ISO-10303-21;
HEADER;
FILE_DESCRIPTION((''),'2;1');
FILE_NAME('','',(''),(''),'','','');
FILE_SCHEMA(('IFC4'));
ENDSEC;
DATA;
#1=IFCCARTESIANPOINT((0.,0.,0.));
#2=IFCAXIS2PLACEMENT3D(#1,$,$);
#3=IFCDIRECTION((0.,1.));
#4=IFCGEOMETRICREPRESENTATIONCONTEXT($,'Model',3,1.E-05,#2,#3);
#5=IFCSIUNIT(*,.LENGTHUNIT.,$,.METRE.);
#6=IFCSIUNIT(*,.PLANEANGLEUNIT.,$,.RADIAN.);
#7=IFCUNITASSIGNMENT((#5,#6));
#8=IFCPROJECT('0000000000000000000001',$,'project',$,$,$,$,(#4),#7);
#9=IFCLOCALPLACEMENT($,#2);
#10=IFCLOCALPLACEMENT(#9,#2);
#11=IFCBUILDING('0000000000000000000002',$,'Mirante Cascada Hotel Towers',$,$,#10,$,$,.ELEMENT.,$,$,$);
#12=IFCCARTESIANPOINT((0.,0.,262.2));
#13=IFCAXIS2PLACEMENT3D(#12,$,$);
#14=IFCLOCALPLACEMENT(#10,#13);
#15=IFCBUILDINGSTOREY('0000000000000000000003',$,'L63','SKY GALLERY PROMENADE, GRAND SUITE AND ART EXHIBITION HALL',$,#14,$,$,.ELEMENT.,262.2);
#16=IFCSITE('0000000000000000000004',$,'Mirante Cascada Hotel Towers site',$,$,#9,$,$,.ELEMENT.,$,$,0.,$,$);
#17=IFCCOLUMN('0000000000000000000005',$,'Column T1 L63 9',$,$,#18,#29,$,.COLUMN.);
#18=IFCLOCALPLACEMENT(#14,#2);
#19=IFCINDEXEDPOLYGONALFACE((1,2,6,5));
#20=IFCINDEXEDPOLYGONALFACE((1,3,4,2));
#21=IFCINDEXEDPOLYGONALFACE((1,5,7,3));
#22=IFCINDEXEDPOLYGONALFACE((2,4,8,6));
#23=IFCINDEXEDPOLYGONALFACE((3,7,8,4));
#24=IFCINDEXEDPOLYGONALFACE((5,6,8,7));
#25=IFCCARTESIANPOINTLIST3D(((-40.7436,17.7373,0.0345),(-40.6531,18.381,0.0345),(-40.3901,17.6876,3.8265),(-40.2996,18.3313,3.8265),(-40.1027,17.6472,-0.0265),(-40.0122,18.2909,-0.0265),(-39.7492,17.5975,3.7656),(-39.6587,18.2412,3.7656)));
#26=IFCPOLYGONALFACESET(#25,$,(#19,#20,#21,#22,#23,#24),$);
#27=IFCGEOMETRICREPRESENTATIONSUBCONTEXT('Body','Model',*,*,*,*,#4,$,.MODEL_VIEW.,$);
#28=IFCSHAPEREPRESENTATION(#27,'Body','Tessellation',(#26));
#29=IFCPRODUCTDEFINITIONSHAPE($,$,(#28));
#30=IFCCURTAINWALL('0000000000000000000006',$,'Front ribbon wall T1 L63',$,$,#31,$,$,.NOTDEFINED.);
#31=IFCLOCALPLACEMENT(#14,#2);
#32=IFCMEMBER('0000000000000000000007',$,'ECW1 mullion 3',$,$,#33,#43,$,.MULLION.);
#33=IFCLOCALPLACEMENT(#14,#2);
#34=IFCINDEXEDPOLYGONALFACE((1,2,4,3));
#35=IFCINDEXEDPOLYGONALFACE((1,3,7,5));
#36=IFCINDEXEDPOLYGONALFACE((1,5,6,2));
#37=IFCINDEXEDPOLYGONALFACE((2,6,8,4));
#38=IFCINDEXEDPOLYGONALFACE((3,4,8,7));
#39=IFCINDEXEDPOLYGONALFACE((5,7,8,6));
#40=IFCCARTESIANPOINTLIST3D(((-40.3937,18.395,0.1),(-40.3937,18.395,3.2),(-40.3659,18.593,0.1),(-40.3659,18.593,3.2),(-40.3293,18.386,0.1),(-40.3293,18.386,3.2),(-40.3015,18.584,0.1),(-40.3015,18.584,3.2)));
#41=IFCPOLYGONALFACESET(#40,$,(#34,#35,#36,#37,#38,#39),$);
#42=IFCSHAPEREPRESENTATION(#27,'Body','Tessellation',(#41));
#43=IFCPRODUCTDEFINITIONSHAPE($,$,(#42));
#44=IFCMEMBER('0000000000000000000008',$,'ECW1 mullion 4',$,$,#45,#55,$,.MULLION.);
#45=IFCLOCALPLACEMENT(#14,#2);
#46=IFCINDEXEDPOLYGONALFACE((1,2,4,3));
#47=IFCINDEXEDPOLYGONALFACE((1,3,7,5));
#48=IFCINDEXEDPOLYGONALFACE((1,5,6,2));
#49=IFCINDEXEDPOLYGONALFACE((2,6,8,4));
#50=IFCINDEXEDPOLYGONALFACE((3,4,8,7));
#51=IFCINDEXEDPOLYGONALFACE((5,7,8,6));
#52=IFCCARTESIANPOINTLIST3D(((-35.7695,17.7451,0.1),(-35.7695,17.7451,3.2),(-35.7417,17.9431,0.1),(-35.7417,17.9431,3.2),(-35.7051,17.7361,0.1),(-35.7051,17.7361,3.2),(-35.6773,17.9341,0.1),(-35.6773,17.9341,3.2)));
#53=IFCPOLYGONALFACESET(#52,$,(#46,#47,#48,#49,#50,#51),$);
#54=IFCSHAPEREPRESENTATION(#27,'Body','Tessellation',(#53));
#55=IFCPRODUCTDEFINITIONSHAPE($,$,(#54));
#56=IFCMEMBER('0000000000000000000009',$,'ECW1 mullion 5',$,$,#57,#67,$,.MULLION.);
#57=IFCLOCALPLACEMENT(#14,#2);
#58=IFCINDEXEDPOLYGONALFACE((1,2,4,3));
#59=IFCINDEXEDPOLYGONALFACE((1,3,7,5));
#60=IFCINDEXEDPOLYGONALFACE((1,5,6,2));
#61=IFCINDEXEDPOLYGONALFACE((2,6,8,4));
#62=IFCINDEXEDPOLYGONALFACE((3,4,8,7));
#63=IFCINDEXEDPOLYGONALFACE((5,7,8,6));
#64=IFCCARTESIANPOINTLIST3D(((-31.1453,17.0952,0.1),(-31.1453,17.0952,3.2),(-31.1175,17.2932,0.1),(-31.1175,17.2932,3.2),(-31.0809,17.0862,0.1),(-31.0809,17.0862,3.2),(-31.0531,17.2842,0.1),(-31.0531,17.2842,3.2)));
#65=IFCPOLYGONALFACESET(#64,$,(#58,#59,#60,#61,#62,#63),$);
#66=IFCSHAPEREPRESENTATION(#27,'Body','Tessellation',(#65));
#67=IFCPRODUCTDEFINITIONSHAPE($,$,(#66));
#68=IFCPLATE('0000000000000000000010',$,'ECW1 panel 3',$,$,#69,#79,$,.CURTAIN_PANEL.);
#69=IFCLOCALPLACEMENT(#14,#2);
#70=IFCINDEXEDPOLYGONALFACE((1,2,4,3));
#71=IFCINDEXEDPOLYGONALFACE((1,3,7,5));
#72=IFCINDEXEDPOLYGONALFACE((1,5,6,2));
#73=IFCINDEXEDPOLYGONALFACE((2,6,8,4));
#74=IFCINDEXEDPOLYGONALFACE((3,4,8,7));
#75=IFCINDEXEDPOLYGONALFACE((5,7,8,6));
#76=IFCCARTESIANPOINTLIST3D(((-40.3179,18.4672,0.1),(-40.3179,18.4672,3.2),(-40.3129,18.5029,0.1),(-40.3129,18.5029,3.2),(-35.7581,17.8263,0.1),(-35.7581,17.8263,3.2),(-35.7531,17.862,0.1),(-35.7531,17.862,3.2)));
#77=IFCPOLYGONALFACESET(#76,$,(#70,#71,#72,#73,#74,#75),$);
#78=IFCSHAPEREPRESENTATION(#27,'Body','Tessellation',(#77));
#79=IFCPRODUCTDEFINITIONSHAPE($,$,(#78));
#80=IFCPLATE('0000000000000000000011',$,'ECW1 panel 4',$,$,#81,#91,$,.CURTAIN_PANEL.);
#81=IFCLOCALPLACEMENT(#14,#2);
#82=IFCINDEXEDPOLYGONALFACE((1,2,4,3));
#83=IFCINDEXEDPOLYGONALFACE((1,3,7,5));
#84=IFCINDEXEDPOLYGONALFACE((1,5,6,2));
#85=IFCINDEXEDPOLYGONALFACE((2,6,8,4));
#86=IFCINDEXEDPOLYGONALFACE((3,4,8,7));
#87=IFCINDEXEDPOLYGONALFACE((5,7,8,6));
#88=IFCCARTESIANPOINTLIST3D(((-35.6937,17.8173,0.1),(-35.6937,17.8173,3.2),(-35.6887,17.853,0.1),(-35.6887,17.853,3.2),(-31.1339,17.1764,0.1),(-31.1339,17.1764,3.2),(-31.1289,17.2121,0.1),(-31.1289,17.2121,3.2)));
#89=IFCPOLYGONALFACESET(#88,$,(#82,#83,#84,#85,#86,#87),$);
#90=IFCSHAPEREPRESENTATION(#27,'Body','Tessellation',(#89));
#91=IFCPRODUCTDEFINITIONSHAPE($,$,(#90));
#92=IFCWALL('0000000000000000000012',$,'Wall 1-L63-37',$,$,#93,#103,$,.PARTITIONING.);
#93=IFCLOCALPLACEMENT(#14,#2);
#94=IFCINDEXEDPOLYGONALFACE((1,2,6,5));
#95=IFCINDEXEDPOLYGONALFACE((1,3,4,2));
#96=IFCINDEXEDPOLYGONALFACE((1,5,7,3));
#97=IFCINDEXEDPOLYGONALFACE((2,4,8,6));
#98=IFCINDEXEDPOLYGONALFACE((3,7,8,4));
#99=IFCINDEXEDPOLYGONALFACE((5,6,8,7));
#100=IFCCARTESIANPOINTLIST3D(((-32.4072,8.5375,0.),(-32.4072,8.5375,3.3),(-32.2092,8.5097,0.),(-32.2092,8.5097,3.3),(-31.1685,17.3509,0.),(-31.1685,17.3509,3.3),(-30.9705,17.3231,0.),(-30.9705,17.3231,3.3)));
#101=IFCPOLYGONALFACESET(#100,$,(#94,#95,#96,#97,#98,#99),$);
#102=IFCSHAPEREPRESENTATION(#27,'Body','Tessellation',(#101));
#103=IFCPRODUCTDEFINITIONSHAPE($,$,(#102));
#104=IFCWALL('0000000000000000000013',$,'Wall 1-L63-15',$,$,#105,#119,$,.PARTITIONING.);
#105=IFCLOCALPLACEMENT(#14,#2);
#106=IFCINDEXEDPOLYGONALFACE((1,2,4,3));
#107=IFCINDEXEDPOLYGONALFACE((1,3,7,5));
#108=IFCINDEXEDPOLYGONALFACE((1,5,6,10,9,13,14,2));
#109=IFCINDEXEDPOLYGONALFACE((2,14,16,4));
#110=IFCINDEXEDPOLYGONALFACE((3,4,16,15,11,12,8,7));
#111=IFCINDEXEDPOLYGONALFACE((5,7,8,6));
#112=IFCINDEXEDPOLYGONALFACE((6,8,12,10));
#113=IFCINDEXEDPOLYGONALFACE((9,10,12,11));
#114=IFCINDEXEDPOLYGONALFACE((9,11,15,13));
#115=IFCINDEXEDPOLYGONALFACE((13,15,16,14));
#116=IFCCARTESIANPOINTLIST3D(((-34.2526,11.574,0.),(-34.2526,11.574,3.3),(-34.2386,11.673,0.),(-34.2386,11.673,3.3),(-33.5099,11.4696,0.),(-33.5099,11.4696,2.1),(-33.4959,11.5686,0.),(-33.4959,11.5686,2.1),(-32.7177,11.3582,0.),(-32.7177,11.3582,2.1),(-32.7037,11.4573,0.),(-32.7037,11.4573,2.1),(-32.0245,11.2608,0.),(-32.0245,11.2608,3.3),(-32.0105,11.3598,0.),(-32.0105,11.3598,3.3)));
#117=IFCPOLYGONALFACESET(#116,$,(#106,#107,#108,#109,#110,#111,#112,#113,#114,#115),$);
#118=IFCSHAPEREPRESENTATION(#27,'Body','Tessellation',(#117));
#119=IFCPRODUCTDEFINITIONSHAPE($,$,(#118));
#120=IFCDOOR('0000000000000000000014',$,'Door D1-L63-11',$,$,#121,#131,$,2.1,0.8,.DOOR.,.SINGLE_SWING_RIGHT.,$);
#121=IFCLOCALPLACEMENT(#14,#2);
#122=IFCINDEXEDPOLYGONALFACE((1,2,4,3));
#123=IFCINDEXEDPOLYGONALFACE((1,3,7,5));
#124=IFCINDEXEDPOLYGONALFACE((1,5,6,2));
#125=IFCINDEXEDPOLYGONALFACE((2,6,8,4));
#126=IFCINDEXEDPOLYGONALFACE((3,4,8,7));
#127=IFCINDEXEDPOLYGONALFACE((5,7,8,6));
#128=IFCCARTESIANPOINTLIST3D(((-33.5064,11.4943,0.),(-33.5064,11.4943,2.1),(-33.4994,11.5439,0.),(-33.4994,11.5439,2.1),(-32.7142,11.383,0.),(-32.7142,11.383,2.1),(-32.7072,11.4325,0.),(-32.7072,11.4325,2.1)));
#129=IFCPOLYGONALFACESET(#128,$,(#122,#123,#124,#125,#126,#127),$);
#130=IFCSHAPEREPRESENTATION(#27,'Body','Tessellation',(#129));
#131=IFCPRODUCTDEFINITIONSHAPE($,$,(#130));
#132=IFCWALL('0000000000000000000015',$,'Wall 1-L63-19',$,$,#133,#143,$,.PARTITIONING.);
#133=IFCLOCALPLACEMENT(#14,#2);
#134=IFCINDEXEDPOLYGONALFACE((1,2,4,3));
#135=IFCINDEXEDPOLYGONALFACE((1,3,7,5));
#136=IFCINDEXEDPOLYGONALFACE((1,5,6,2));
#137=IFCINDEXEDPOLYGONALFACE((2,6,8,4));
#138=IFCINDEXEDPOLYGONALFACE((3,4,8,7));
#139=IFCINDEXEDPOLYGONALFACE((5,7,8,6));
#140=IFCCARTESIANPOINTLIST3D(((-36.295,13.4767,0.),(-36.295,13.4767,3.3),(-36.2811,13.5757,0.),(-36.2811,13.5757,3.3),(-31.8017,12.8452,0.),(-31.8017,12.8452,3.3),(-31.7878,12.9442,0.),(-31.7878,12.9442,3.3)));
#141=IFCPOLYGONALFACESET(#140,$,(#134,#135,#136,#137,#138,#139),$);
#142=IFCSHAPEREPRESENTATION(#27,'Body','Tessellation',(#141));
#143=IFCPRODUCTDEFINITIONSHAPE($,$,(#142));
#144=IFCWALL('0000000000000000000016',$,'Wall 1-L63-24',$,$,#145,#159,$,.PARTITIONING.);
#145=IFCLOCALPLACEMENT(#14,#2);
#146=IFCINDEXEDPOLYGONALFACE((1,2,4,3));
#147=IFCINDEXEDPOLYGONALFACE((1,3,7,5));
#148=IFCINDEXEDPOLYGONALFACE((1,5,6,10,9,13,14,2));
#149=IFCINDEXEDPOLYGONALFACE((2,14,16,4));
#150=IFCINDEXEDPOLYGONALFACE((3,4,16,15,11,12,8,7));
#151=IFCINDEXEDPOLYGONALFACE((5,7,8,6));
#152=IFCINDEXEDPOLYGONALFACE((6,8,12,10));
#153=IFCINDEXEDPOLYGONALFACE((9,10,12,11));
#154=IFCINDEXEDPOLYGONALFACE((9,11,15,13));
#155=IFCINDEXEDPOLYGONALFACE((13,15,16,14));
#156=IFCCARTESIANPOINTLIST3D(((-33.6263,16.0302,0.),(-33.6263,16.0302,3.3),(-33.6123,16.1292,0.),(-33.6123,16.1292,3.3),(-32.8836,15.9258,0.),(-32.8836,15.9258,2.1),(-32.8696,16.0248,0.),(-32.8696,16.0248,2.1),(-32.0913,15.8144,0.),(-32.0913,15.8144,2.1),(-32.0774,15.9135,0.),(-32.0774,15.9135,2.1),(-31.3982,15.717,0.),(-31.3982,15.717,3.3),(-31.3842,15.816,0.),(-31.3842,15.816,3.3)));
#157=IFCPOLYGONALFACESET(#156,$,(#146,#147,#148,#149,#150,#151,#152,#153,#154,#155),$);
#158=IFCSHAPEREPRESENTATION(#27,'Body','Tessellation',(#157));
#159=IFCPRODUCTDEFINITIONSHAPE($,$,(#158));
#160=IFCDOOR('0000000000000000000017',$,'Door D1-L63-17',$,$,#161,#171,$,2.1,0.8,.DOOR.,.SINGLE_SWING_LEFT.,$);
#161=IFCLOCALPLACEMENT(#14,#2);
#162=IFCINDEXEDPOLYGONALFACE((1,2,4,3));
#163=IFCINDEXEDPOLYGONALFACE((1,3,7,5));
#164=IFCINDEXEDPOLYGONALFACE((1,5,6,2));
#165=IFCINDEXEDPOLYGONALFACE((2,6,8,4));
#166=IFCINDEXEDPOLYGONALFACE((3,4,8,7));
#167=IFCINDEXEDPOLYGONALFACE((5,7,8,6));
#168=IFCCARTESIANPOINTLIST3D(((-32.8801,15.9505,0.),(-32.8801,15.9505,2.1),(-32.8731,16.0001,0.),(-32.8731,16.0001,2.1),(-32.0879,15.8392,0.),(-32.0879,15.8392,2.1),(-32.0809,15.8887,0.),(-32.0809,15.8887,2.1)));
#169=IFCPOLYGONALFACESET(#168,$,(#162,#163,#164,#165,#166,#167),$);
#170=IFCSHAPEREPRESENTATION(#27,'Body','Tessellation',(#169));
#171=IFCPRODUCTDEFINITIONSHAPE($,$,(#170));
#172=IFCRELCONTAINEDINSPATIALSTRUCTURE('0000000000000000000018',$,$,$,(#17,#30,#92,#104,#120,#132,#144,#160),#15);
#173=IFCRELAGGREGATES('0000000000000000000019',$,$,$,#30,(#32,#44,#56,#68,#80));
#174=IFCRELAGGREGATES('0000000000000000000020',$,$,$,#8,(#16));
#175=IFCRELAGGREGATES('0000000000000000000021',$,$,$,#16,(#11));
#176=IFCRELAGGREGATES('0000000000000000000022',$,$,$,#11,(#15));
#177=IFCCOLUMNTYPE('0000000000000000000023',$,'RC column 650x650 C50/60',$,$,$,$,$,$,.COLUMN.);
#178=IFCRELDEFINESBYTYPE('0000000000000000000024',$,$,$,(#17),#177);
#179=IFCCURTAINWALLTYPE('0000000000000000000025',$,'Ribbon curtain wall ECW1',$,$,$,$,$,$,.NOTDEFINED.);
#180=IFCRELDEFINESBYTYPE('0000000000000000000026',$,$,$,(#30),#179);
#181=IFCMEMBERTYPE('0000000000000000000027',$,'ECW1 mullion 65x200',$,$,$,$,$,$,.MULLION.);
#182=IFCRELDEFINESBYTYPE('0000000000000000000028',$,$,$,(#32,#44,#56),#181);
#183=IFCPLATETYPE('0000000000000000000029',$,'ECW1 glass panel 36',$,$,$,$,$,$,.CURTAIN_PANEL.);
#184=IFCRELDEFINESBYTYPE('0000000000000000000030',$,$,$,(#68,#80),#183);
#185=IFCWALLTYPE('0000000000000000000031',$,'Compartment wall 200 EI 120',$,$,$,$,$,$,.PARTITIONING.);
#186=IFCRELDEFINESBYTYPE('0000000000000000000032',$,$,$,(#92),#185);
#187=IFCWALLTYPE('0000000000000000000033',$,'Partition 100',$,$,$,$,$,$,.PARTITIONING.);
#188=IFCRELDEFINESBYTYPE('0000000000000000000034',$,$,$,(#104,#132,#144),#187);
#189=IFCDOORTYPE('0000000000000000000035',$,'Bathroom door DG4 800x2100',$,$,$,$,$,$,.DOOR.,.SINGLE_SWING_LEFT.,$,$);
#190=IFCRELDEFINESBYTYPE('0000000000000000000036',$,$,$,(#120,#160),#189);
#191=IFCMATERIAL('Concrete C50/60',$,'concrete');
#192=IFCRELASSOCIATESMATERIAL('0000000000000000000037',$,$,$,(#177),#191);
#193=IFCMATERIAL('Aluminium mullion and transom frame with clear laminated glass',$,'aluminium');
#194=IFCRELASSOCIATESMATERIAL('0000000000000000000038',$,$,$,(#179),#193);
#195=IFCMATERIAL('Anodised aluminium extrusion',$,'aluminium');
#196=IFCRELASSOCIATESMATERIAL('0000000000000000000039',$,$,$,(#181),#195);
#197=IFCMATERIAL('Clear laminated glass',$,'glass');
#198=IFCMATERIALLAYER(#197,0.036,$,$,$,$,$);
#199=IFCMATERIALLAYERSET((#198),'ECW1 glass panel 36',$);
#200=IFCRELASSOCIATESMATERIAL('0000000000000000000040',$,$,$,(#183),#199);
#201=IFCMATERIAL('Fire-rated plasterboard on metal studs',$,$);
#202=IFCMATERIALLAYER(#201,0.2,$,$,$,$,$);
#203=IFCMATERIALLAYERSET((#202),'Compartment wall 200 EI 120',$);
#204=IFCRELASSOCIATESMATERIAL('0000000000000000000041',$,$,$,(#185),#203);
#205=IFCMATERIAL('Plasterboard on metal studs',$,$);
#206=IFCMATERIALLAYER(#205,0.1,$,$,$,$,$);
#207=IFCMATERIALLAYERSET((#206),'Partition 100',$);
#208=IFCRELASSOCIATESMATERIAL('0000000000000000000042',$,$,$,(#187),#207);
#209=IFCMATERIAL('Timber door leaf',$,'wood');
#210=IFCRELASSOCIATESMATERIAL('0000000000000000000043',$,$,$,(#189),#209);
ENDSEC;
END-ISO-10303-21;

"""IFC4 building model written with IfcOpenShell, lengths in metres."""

from ifc_helpers import new_model, si_unit, direction, frame, frame_2d, origin, origin_2d, place, context, subcontext, project, spatial, rectangle, extrude, material, layer, layer_set, material_profile, profile_set, type_object, element, fill, aggregate, save


model = new_model("IFC4")

# Units and contexts
model_context = context("Model", 3, precision=1e-05, world=origin(), true_north=direction((0.0, 1.0)))
body_context = subcontext(model_context, "Body", "Model", "MODEL_VIEW")
ifc_project = project(units=[si_unit("LENGTHUNIT", "METRE"), si_unit("PLANEANGLEUNIT", "RADIAN")], contexts=[model_context])

# Site, building, storey
site_placement = place(None, origin())
site = spatial("IfcSite", under=ifc_project, at=site_placement, Name="Mirante Cascada Hotel Towers site", CompositionType="ELEMENT", RefElevation=0.0)
building_placement = place(site_placement, origin())
building = spatial("IfcBuilding", under=site, at=building_placement, Name="Mirante Cascada Hotel Towers", CompositionType="ELEMENT")
storey_placement = place(building_placement, frame((0.0, 0.0, 262.2)))
storey = spatial("IfcBuildingStorey", under=building, at=storey_placement, Name="L63", Description="SKY GALLERY PROMENADE, GRAND SUITE AND ART EXHIBITION HALL", CompositionType="ELEMENT", Elevation=262.2)

# Column
ifc_material_1 = material(Name="Concrete C50/60", Category="concrete")
ifc_material_profile_1 = material_profile(ifc_material_1, rectangle(XDim=0.65, YDim=0.65, at=origin_2d()), Name="RC column 650x650 C50/60")
ifc_profile_set_1 = profile_set([ifc_material_profile_1], Name="Concrete C50/60")
column_type = type_object("IfcColumnType", Name="RC column 650x650 C50/60", PredefinedType="COLUMN", material=ifc_profile_set_1)
column_placement = place(storey_placement, frame((-40.3779, 18.0141, 0.004), z_axis=(0.092812, -0.013049, 0.995598), x_axis=(0.139225, 0.990261, 0.0)))
element("IfcColumn", 1, at=column_placement, inside=storey, type_object=column_type, Name="Column T1 L63 9", PredefinedType="COLUMN", context=body_context, shape_type="SweptSolid", body=[
    extrude(rectangle(XDim=0.65, YDim=0.65, at=origin_2d()), origin(), (0.0, 0.0, 1.0), 3.8088),
])

# Curtain wall, members, plates
ifc_material_2 = material(Name="Aluminium mullion and transom frame with clear laminated glass", Category="aluminium")
curtain_wall_type = type_object("IfcCurtainWallType", Name="Ribbon curtain wall ECW1", PredefinedType="NOTDEFINED", material=ifc_material_2)
curtain_wall_placement = place(storey_placement, origin())
curtain_wall = element("IfcCurtainWall", 2, at=curtain_wall_placement, inside=storey, type_object=curtain_wall_type, Name="Front ribbon wall T1 L63", PredefinedType="NOTDEFINED")
ifc_material_3 = material(Name="Anodised aluminium extrusion", Category="aluminium")
ifc_material_profile_2 = material_profile(ifc_material_3, rectangle(XDim=0.2, YDim=0.065, at=origin_2d()), Name="ECW1 MULLION 65x200")
ifc_profile_set_2 = profile_set([ifc_material_profile_2], Name="Anodised aluminium extrusion")
member_type = type_object("IfcMemberType", Name="ECW1 mullion 65x200", PredefinedType="MULLION", material=ifc_profile_set_2)
member_1_placement = place(storey_placement, frame((-40.3476, 18.4895, 0.1), z_axis=(0.0, 0.0, 1.0), x_axis=(0.139173, 0.990268, 0.0)))
member_1 = element("IfcMember", 3, at=member_1_placement, type_object=member_type, Name="ECW1 mullion 3", PredefinedType="MULLION", context=body_context, shape_type="SweptSolid", body=[
    extrude(rectangle(XDim=0.2, YDim=0.065, at=origin_2d()), origin(), (0.0, 0.0, 1.0), 3.1),
])
member_2_placement = place(storey_placement, frame((-35.7234, 17.8396, 0.1), z_axis=(0.0, 0.0, 1.0), x_axis=(0.139173, 0.990268, 0.0)))
member_2 = element("IfcMember", 4, at=member_2_placement, type_object=member_type, Name="ECW1 mullion 4", PredefinedType="MULLION", context=body_context, shape_type="SweptSolid", body=[
    extrude(rectangle(XDim=0.2, YDim=0.065, at=origin_2d()), origin(), (0.0, 0.0, 1.0), 3.1),
])
member_3_placement = place(storey_placement, frame((-31.0992, 17.1897, 0.1), z_axis=(0.0, 0.0, 1.0), x_axis=(0.139173, 0.990268, 0.0)))
member_3 = element("IfcMember", 5, at=member_3_placement, type_object=member_type, Name="ECW1 mullion 5", PredefinedType="MULLION", context=body_context, shape_type="SweptSolid", body=[
    extrude(rectangle(XDim=0.2, YDim=0.065, at=origin_2d()), origin(), (0.0, 0.0, 1.0), 3.1),
])
ifc_material_4 = material(Name="Clear laminated glass", Category="glass")
ifc_layer_1 = layer(ifc_material_4, 0.036)
ifc_layer_set_1 = layer_set([ifc_layer_1], Name="ECW1 glass panel 36")
plate_type = type_object("IfcPlateType", Name="ECW1 glass panel 36", PredefinedType="CURTAIN_PANEL", material=ifc_layer_set_1)
plate_1_placement = place(storey_placement, frame((-38.0355, 18.1646, 0.1), z_axis=(0.0, 0.0, 1.0), x_axis=(0.990268, -0.139173, 0.0)))
plate_1 = element("IfcPlate", 6, at=plate_1_placement, type_object=plate_type, Name="ECW1 panel 3", PredefinedType="CURTAIN_PANEL", context=body_context, shape_type="SweptSolid", body=[
    extrude(rectangle(XDim=4.6047, YDim=0.036, at=origin_2d()), origin(), (0.0, 0.0, 1.0), 3.1),
])
plate_2_placement = place(storey_placement, frame((-33.4113, 17.5147, 0.1), z_axis=(0.0, 0.0, 1.0), x_axis=(0.990268, -0.139173, 0.0)))
plate_2 = element("IfcPlate", 7, at=plate_2_placement, type_object=plate_type, Name="ECW1 panel 4", PredefinedType="CURTAIN_PANEL", context=body_context, shape_type="SweptSolid", body=[
    extrude(rectangle(XDim=4.6047, YDim=0.036, at=origin_2d()), origin(), (0.0, 0.0, 1.0), 3.1),
])
aggregate(curtain_wall, [member_1, member_2, member_3, plate_1, plate_2])

# Wall
ifc_material_5 = material(Name="Fire-rated plasterboard on metal studs")
ifc_layer_2 = layer(ifc_material_5, 0.2)
ifc_layer_set_2 = layer_set([ifc_layer_2], Name="Compartment wall 200 EI 120")
wall_type_1 = type_object("IfcWallType", Name="Compartment wall 200 EI 120", PredefinedType="PARTITIONING", material=ifc_layer_set_2)
wall_1_placement = place(storey_placement, frame((-31.0695, 17.337, 0.0), z_axis=(0.0, 0.0, 1.0), x_axis=(-0.139179, -0.990267, 0.0)))
element("IfcWall", 8, at=wall_1_placement, inside=storey, type_object=wall_type_1, Name="Wall 1-L63-37", PredefinedType="PARTITIONING", context=body_context, shape_type="SweptSolid", body=[
    extrude(rectangle(XDim=8.9, YDim=0.2, at=frame_2d((4.45, 0.0))), origin(), (0.0, 0.0, 1.0), 3.3),
])

# Wall, opening, door
ifc_material_6 = material(Name="Plasterboard on metal studs")
ifc_layer_3 = layer(ifc_material_6, 0.1)
ifc_layer_set_3 = layer_set([ifc_layer_3], Name="Partition 100")
wall_type_2 = type_object("IfcWallType", Name="Partition 100", PredefinedType="PARTITIONING", material=ifc_layer_set_3)
wall_2_placement = place(storey_placement, frame((-34.2456, 11.6235, 0.0), z_axis=(0.0, 0.0, 1.0), x_axis=(0.990264, -0.1392, 0.0)))
wall_2 = element("IfcWall", 9, at=wall_2_placement, inside=storey, type_object=wall_type_2, Name="Wall 1-L63-15", PredefinedType="PARTITIONING", context=body_context, shape_type="SweptSolid", body=[
    extrude(rectangle(XDim=2.25, YDim=0.1, at=frame_2d((1.125, 0.0))), origin(), (0.0, 0.0, 1.0), 3.3),
])
opening_1_placement = place(wall_2_placement, frame((0.75, 0.0, 0.0)))
opening_1 = element("IfcOpeningElement", 10, at=opening_1_placement, cuts=wall_2, PredefinedType="OPENING", context=body_context, shape_type="SweptSolid", body=[
    extrude(rectangle(XDim=0.8, YDim=2.1, at=frame_2d((0.4, 1.05))), frame((0.0, 0.05, 0.0), z_axis=(0.0, -1.0, 0.0), x_axis=(1.0, 0.0, 0.0)), (0.0, 0.0, 1.0), 0.1),
])
ifc_material_7 = material(Name="Timber door leaf", Category="wood")
door_type_1 = type_object("IfcDoorType", Name="Bathroom door DG4 800x2100", OperationType="SINGLE_SWING_LEFT", PredefinedType="DOOR", material=ifc_material_7)
door_1_placement = place(opening_1_placement, frame((0.8, 0.0, 0.0), z_axis=(0.0, 0.0, 1.0), x_axis=(-1.0, 0.0, 0.0)))
door_1 = element("IfcDoor", 11, at=door_1_placement, inside=storey, type_object=door_type_1, Name="Door D1-L63-11", OperationType="SINGLE_SWING_RIGHT", OverallHeight=2.1, OverallWidth=0.8, PredefinedType="DOOR", context=body_context, shape_type="SweptSolid", body=[
    extrude(rectangle(XDim=0.8, YDim=2.1, at=frame_2d((0.4, 1.05))), frame((0.0, 0.025, 0.0), z_axis=(0.0, -1.0, 0.0), x_axis=(1.0, 0.0, 0.0)), (0.0, 0.0, 1.0), 0.05),
])
fill(opening_1, door_1)

# Wall
wall_3_placement = place(storey_placement, frame((-36.2881, 13.5262, 0.0), z_axis=(0.0, 0.0, 1.0), x_axis=(0.990268, -0.139175, 0.0)))
element("IfcWall", 12, at=wall_3_placement, inside=storey, type_object=wall_type_2, Name="Wall 1-L63-19", PredefinedType="PARTITIONING", context=body_context, shape_type="SweptSolid", body=[
    extrude(rectangle(XDim=4.5375, YDim=0.1, at=frame_2d((2.2688, 0.0))), origin(), (0.0, 0.0, 1.0), 3.3),
])

# Wall, opening, door
wall_4_placement = place(storey_placement, frame((-31.3912, 15.7665, 0.0), z_axis=(0.0, 0.0, 1.0), x_axis=(-0.990264, 0.1392, 0.0)))
wall_4 = element("IfcWall", 13, at=wall_4_placement, inside=storey, type_object=wall_type_2, Name="Wall 1-L63-24", PredefinedType="PARTITIONING", context=body_context, shape_type="SweptSolid", body=[
    extrude(rectangle(XDim=2.25, YDim=0.1, at=frame_2d((1.125, 0.0))), origin(), (0.0, 0.0, 1.0), 3.3),
])
opening_2_placement = place(wall_4_placement, frame((0.7, 0.0, 0.0)))
opening_2 = element("IfcOpeningElement", 14, at=opening_2_placement, cuts=wall_4, PredefinedType="OPENING", context=body_context, shape_type="SweptSolid", body=[
    extrude(rectangle(XDim=0.8, YDim=2.1, at=frame_2d((0.4, 1.05))), frame((0.0, 0.05, 0.0), z_axis=(0.0, -1.0, 0.0), x_axis=(1.0, 0.0, 0.0)), (0.0, 0.0, 1.0), 0.1),
])
door_2_placement = place(opening_2_placement, origin())
door_2 = element("IfcDoor", 15, at=door_2_placement, inside=storey, type_object=door_type_1, Name="Door D1-L63-17", OperationType="SINGLE_SWING_LEFT", OverallHeight=2.1, OverallWidth=0.8, PredefinedType="DOOR", context=body_context, shape_type="SweptSolid", body=[
    extrude(rectangle(XDim=0.8, YDim=2.1, at=frame_2d((0.4, 1.05))), frame((0.0, 0.025, 0.0), z_axis=(0.0, -1.0, 0.0), x_axis=(1.0, 0.0, 0.0)), (0.0, 0.0, 1.0), 0.05),
])
fill(opening_2, door_2)

save(model, "model.ifc")
